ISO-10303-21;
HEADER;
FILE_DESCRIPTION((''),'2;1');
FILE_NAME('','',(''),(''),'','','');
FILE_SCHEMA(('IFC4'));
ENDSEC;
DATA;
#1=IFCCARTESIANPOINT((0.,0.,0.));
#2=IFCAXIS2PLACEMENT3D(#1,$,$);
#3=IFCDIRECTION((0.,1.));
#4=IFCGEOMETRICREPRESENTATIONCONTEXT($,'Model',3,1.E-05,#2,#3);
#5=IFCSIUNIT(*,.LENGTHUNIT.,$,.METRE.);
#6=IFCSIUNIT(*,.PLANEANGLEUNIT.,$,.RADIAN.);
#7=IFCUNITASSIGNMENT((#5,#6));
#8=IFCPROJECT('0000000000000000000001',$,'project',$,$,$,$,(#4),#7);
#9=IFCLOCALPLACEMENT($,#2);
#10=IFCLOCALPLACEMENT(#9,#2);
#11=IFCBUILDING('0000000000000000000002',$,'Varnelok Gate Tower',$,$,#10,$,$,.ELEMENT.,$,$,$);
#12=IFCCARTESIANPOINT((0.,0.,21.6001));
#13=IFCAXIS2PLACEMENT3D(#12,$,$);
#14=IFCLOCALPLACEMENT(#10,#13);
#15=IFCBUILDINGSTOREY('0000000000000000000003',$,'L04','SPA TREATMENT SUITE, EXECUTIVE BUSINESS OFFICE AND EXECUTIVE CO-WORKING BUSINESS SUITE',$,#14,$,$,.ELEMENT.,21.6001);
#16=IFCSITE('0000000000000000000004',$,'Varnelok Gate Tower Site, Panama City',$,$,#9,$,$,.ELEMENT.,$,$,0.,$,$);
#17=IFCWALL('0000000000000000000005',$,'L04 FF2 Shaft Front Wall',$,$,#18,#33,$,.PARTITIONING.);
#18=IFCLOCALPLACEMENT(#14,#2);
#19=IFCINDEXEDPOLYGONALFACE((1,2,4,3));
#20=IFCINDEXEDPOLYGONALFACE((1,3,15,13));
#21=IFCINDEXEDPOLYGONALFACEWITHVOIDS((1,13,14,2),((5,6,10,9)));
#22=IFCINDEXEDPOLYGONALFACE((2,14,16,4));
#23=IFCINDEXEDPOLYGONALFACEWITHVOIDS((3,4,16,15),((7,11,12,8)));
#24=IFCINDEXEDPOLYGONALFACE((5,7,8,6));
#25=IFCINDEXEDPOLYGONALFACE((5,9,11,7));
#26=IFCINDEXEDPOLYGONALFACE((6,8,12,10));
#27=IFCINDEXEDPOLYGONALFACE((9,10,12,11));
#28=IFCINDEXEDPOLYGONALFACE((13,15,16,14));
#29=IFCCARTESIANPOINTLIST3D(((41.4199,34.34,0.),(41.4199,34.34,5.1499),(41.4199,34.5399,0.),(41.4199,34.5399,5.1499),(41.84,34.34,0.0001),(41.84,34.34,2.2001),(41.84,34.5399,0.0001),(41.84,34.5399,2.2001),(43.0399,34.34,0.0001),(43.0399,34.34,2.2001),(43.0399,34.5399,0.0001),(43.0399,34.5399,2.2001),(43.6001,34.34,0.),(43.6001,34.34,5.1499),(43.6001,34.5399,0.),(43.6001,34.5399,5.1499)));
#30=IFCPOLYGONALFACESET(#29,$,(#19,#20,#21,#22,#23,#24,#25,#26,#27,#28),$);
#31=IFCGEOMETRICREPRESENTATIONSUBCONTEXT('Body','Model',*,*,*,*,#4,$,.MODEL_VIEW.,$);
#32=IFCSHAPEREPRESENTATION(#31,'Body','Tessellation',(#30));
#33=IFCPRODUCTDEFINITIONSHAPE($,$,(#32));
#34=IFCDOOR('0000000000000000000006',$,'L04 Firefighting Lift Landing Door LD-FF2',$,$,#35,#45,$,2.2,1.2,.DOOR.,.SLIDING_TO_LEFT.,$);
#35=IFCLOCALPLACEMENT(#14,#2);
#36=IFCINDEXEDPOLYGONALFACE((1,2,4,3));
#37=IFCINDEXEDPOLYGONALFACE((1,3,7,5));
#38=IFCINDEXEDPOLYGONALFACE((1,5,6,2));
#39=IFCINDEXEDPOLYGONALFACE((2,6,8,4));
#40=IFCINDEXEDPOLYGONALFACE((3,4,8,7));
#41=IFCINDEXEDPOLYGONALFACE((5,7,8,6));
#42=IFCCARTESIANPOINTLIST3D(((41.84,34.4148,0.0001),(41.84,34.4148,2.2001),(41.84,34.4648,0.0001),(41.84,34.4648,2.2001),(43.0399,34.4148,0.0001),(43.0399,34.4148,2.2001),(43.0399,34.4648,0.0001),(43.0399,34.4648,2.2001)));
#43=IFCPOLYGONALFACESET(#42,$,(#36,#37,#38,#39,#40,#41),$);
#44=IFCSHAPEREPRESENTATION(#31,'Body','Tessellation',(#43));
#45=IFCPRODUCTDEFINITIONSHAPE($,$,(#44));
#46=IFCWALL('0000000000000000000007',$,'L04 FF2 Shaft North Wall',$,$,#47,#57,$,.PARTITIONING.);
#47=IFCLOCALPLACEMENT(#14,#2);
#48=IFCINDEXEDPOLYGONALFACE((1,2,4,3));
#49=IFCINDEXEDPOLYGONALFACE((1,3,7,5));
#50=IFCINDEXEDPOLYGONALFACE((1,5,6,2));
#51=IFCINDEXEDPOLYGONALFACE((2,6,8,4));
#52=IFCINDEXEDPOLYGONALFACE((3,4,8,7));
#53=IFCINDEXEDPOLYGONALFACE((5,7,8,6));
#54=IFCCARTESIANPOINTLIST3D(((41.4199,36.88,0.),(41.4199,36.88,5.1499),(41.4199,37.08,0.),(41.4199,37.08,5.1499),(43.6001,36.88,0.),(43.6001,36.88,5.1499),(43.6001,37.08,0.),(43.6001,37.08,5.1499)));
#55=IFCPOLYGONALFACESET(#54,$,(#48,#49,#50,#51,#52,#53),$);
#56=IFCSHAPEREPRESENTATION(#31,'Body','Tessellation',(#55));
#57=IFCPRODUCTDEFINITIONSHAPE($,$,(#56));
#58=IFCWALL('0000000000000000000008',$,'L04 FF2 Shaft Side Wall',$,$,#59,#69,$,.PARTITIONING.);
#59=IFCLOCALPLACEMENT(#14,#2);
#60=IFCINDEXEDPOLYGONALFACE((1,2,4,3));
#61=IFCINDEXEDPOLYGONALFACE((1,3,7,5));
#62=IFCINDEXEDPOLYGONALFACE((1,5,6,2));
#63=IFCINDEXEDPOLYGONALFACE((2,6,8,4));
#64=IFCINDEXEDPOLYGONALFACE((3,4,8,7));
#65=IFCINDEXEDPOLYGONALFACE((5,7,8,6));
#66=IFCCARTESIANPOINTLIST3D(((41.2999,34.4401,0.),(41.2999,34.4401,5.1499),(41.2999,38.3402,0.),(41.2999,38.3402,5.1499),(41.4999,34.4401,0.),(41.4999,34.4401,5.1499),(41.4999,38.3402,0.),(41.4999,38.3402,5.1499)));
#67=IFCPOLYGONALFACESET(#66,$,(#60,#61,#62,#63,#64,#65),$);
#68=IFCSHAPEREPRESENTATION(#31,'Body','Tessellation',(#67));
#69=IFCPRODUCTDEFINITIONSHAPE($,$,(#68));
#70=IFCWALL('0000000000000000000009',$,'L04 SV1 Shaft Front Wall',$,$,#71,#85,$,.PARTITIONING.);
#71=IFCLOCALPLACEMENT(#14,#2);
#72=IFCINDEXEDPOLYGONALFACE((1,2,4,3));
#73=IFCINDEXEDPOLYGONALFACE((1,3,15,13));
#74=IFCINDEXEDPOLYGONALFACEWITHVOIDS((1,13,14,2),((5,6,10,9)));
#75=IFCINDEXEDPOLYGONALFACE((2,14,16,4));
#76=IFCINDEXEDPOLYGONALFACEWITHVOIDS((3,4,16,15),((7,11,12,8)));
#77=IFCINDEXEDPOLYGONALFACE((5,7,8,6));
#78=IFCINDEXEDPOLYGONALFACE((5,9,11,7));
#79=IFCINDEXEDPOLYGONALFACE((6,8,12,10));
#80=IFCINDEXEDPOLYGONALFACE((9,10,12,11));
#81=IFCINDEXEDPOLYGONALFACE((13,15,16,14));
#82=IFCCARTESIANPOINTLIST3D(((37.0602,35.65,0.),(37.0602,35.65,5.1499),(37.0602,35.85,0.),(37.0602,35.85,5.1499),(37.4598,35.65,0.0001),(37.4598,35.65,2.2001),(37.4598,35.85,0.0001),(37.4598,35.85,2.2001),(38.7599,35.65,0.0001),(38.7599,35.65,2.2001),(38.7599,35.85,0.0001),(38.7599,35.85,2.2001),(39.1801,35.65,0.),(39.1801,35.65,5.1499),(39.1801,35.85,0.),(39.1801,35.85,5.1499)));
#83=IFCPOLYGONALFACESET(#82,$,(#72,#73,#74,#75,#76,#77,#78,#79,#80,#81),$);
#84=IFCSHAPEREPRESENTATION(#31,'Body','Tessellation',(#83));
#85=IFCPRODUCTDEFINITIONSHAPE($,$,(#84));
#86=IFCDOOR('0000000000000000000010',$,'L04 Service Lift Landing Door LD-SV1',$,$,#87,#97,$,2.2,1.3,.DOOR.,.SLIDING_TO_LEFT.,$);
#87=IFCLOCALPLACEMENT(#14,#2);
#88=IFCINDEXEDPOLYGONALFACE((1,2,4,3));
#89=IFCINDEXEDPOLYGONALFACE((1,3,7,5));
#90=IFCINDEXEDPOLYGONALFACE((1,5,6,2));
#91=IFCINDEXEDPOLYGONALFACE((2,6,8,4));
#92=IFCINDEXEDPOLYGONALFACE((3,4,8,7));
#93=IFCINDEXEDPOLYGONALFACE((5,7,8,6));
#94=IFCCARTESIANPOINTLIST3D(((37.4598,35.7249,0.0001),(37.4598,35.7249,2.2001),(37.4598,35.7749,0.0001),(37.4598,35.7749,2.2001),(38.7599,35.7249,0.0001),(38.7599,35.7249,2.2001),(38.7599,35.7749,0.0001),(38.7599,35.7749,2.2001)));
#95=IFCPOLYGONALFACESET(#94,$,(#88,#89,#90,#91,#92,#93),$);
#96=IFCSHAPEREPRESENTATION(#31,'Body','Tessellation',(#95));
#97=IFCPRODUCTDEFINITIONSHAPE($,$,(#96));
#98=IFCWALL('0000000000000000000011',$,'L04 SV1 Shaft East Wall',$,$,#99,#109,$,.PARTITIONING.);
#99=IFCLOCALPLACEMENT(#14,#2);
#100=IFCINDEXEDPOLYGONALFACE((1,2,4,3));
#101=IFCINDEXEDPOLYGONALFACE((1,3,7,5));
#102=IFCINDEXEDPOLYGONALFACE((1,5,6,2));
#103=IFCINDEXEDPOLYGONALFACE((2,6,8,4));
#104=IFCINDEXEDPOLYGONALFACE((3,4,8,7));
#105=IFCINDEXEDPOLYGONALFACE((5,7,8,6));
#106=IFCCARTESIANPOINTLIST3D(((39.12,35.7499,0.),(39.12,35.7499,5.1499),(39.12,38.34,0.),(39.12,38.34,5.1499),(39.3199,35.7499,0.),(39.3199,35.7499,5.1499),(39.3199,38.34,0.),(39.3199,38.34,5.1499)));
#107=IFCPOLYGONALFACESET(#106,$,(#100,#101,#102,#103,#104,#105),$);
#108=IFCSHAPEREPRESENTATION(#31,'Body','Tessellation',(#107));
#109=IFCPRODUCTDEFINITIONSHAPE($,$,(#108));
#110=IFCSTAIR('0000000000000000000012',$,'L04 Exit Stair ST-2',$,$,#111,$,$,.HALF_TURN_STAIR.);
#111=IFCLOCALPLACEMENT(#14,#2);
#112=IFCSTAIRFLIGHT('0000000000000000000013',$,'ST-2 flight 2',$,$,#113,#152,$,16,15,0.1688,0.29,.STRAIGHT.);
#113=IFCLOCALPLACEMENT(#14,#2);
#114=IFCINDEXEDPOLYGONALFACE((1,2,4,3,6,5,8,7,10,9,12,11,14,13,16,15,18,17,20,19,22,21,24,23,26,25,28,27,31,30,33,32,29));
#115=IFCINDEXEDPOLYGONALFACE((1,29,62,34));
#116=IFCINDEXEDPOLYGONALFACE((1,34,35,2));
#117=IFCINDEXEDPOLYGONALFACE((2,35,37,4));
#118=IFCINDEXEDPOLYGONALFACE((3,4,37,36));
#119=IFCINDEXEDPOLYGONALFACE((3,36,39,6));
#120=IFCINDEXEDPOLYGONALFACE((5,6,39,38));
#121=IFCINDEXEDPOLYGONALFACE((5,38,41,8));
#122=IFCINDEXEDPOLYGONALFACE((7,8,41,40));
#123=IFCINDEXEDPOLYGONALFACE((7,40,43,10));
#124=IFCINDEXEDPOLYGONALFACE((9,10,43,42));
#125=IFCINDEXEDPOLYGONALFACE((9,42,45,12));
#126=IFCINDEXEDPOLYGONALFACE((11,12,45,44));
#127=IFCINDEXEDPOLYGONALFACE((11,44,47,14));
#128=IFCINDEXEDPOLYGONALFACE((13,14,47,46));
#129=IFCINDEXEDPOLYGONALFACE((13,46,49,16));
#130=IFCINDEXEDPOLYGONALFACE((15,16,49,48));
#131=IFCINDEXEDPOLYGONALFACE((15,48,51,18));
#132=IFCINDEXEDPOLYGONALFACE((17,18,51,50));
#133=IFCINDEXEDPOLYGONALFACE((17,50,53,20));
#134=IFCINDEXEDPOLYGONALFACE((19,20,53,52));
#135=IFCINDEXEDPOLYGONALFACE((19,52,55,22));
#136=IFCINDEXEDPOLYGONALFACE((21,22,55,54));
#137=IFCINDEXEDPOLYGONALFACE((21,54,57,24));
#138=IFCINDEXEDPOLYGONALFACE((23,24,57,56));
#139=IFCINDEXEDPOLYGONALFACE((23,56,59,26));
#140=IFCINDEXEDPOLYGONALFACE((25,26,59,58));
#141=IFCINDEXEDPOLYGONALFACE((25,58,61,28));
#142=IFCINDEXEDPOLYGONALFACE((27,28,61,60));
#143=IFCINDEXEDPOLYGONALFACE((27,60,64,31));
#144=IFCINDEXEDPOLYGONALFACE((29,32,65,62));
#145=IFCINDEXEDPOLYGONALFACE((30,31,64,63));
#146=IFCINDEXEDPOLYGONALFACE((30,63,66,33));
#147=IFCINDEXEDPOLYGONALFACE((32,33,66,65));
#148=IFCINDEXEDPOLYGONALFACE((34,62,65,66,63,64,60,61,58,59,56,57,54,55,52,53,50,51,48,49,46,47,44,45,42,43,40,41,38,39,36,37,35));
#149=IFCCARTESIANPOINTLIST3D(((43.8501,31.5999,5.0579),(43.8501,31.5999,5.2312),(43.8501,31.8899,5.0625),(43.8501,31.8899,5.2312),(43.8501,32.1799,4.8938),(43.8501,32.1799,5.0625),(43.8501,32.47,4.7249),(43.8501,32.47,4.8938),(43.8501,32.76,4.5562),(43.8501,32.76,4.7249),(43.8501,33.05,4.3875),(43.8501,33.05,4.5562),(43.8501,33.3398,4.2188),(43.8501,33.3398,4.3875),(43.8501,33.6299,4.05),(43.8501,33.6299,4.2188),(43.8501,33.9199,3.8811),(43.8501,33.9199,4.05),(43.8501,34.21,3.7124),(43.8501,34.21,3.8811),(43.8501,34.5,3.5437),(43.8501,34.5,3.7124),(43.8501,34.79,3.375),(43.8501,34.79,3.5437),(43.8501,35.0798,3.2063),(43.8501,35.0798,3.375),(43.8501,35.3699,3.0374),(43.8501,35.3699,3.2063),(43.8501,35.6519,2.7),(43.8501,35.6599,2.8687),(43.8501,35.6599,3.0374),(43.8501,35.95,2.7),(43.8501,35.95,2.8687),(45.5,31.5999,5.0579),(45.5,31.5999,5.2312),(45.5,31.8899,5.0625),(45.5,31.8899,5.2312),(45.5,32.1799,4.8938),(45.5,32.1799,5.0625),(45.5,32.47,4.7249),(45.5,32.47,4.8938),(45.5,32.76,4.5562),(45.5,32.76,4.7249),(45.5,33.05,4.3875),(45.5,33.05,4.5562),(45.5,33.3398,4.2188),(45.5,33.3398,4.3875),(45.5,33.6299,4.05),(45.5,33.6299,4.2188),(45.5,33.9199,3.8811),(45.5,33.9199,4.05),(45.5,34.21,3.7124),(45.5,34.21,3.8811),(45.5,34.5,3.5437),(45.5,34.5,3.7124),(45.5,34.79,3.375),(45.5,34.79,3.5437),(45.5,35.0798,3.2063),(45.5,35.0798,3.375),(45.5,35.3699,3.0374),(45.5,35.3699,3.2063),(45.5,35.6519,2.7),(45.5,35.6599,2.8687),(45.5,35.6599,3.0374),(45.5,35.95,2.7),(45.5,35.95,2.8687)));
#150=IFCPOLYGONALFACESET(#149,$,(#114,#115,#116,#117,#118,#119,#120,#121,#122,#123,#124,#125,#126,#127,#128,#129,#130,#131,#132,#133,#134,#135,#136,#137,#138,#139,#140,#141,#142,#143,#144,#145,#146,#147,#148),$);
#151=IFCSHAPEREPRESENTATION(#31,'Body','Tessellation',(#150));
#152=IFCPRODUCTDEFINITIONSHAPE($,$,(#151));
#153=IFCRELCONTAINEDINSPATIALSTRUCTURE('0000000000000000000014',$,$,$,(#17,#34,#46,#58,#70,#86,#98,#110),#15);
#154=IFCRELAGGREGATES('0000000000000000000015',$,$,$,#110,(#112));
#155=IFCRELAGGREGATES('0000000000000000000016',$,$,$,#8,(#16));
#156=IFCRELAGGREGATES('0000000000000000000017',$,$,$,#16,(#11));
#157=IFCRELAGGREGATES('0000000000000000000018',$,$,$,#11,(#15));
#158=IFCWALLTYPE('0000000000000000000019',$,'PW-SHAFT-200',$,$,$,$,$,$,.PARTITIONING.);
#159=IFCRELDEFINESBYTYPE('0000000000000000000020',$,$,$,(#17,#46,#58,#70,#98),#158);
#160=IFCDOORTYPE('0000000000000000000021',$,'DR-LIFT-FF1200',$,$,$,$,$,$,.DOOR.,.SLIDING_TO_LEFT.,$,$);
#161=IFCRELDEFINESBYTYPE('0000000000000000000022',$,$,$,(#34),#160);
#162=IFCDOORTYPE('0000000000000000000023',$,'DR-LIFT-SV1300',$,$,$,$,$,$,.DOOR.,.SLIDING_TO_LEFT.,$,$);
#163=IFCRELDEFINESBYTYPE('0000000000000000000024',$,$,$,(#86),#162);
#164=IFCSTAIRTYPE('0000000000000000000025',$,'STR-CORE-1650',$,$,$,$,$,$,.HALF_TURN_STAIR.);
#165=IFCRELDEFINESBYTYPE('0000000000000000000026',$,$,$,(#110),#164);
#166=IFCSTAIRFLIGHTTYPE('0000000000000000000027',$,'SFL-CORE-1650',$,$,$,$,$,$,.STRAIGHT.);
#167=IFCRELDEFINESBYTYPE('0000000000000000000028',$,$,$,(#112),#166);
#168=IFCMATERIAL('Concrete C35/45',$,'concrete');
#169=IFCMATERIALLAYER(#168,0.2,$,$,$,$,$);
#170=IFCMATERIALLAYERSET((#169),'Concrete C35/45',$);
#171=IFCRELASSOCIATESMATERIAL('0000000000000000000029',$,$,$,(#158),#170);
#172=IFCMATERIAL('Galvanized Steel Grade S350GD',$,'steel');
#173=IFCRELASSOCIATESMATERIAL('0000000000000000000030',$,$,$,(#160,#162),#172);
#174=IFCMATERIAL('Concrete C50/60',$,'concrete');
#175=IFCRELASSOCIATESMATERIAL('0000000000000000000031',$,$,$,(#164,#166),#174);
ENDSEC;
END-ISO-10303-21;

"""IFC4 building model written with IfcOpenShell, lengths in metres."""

from ifc_helpers import new_model, si_unit, direction, frame, frame_2d, origin, place, context, subcontext, project, spatial, polyline, rectangle, outline, extrude, material, layer, layer_set, type_object, element, fill, aggregate, save


model = new_model("IFC4")

# Units and contexts
model_context = context("Model", 3, precision=1e-05, world=origin(), true_north=direction((0.0, 1.0)))
body_context = subcontext(model_context, "Body", "Model", "MODEL_VIEW")
ifc_project = project(units=[si_unit("LENGTHUNIT", "METRE"), si_unit("PLANEANGLEUNIT", "RADIAN")], contexts=[model_context])

# Site, building, storey
site_placement = place(None, origin())
site = spatial("IfcSite", under=ifc_project, at=site_placement, Name="Varnelok Gate Tower Site, Panama City", CompositionType="ELEMENT", RefElevation=0.0)
building_placement = place(site_placement, origin())
building = spatial("IfcBuilding", under=site, at=building_placement, Name="Varnelok Gate Tower", CompositionType="ELEMENT")
storey_placement = place(building_placement, frame((0.0, 0.0, 21.6001)))
storey = spatial("IfcBuildingStorey", under=building, at=storey_placement, Name="L04", Description="SPA TREATMENT SUITE, EXECUTIVE BUSINESS OFFICE AND EXECUTIVE CO-WORKING BUSINESS SUITE", CompositionType="ELEMENT", Elevation=21.6001)

# Shared definitions
ifc_material_1 = material(Name="Galvanized Steel Grade S350GD", Category="steel")

# Shared definitions
ifc_material_2 = material(Name="Concrete C35/45", Category="concrete")
ifc_layer_1 = layer(ifc_material_2, 0.2)
ifc_layer_set_1 = layer_set([ifc_layer_1], Name="Concrete C35/45")
wall_type_1 = type_object("IfcWallType", Name="PW-SHAFT-200", PredefinedType="PARTITIONING", material=ifc_layer_set_1)

# Wall, opening, door
wall_1_placement = place(storey_placement, frame((41.4199, 34.4399, 0.0), z_axis=(0.0, 0.0, 1.0), x_axis=(1.0, 0.0, 0.0)))
wall_1 = element("IfcWall", 1, at=wall_1_placement, inside=storey, type_object=wall_type_1, Name="L04 FF2 Shaft Front Wall", PredefinedType="PARTITIONING", context=body_context, shape_type="SweptSolid", body=[
    extrude(rectangle(XDim=2.1802, YDim=0.2, at=frame_2d((1.0901, 0.0))), origin(), (0.0, 0.0, 1.0), 5.1499),
])
opening_1_placement = place(wall_1_placement, frame((0.4199, 0.0, 0.0)))
opening_1 = element("IfcOpeningElement", 2, at=opening_1_placement, cuts=wall_1, PredefinedType="OPENING", context=body_context, shape_type="SweptSolid", body=[
    extrude(rectangle(XDim=1.2, YDim=2.2, at=frame_2d((0.6001, 1.1001))), frame((0.0, 0.1099, 0.0), z_axis=(0.0, -1.0, 0.0), x_axis=(1.0, 0.0, 0.0)), (0.0, 0.0, 1.0), 0.22),
])
door_type_1 = type_object("IfcDoorType", Name="DR-LIFT-FF1200", OperationType="SLIDING_TO_LEFT", PredefinedType="DOOR", material=ifc_material_1)
door_1_placement = place(opening_1_placement, origin())
door_1 = element("IfcDoor", 3, at=door_1_placement, inside=storey, type_object=door_type_1, Name="L04 Firefighting Lift Landing Door LD-FF2", OperationType="SLIDING_TO_LEFT", OverallHeight=2.2, OverallWidth=1.2, PredefinedType="DOOR", context=body_context, shape_type="SweptSolid", body=[
    extrude(rectangle(XDim=1.2, YDim=2.2, at=frame_2d((0.6001, 1.1001))), frame((0.0, 0.0249, 0.0), z_axis=(0.0, -1.0, 0.0), x_axis=(1.0, 0.0, 0.0)), (0.0, 0.0, 1.0), 0.05),
])
fill(opening_1, door_1)

# Walls
wall_2_placement = place(storey_placement, frame((41.4199, 36.98, 0.0), z_axis=(0.0, 0.0, 1.0), x_axis=(1.0, 0.0, 0.0)))
element("IfcWall", 4, at=wall_2_placement, inside=storey, type_object=wall_type_1, Name="L04 FF2 Shaft North Wall", PredefinedType="PARTITIONING", context=body_context, shape_type="SweptSolid", body=[
    extrude(rectangle(XDim=2.1802, YDim=0.2, at=frame_2d((1.0901, 0.0))), origin(), (0.0, 0.0, 1.0), 5.1499),
])
wall_3_placement = place(storey_placement, frame((41.3999, 34.4399, 0.0), z_axis=(0.0, 0.0, 1.0), x_axis=(0.0, 1.0, 0.0)))
element("IfcWall", 5, at=wall_3_placement, inside=storey, type_object=wall_type_1, Name="L04 FF2 Shaft Side Wall", PredefinedType="PARTITIONING", context=body_context, shape_type="SweptSolid", body=[
    extrude(rectangle(XDim=3.9001, YDim=0.2, at=frame_2d((1.9502, 0.0))), origin(), (0.0, 0.0, 1.0), 5.1499),
])

# Wall, opening, door
wall_4_placement = place(storey_placement, frame((37.0601, 35.75, 0.0), z_axis=(0.0, 0.0, 1.0), x_axis=(1.0, 0.0, 0.0)))
wall_4 = element("IfcWall", 6, at=wall_4_placement, inside=storey, type_object=wall_type_1, Name="L04 SV1 Shaft Front Wall", PredefinedType="PARTITIONING", context=body_context, shape_type="SweptSolid", body=[
    extrude(rectangle(XDim=2.1199, YDim=0.2, at=frame_2d((1.0601, 0.0))), origin(), (0.0, 0.0, 1.0), 5.1499),
])
opening_2_placement = place(wall_4_placement, frame((0.3999, 0.0, 0.0)))
opening_2 = element("IfcOpeningElement", 7, at=opening_2_placement, cuts=wall_4, PredefinedType="OPENING", context=body_context, shape_type="SweptSolid", body=[
    extrude(rectangle(XDim=1.3, YDim=2.2, at=frame_2d((0.6499, 1.1001))), frame((0.0, 0.1099, 0.0), z_axis=(0.0, -1.0, 0.0), x_axis=(1.0, 0.0, 0.0)), (0.0, 0.0, 1.0), 0.22),
])
door_type_2 = type_object("IfcDoorType", Name="DR-LIFT-SV1300", OperationType="SLIDING_TO_LEFT", PredefinedType="DOOR", material=ifc_material_1)
door_2_placement = place(opening_2_placement, origin())
door_2 = element("IfcDoor", 8, at=door_2_placement, inside=storey, type_object=door_type_2, Name="L04 Service Lift Landing Door LD-SV1", OperationType="SLIDING_TO_LEFT", OverallHeight=2.2, OverallWidth=1.3, PredefinedType="DOOR", context=body_context, shape_type="SweptSolid", body=[
    extrude(rectangle(XDim=1.3, YDim=2.2, at=frame_2d((0.6499, 1.1001))), frame((0.0, 0.0249, 0.0), z_axis=(0.0, -1.0, 0.0), x_axis=(1.0, 0.0, 0.0)), (0.0, 0.0, 1.0), 0.05),
])
fill(opening_2, door_2)

# Wall
wall_5_placement = place(storey_placement, frame((39.22, 35.75, 0.0), z_axis=(0.0, 0.0, 1.0), x_axis=(0.0, 1.0, 0.0)))
element("IfcWall", 9, at=wall_5_placement, inside=storey, type_object=wall_type_1, Name="L04 SV1 Shaft East Wall", PredefinedType="PARTITIONING", context=body_context, shape_type="SweptSolid", body=[
    extrude(rectangle(XDim=2.5901, YDim=0.2, at=frame_2d((1.2949, 0.0))), origin(), (0.0, 0.0, 1.0), 5.1499),
])

# Stair, stair flight
ifc_material_3 = material(Name="Concrete C50/60", Category="concrete")
stair_type = type_object("IfcStairType", Name="STR-CORE-1650", PredefinedType="HALF_TURN_STAIR", material=ifc_material_3)
stair_placement = place(storey_placement, origin())
stair = element("IfcStair", 10, at=stair_placement, inside=storey, type_object=stair_type, Name="L04 Exit Stair ST-2", PredefinedType="HALF_TURN_STAIR")
stair_flight_type = type_object("IfcStairFlightType", Name="SFL-CORE-1650", PredefinedType="STRAIGHT", material=ifc_material_3)
stair_flight_placement = place(storey_placement, frame((44.675, 35.95, 2.7), z_axis=(0.0, 0.0, 1.0), x_axis=(0.0, -1.0, 0.0)))
stair_flight = element("IfcStairFlight", 11, at=stair_flight_placement, type_object=stair_flight_type, Name="ST-2 flight 2", NumberOfRisers=16, NumberOfTreads=15, PredefinedType="STRAIGHT", RiserHeight=0.1688, TreadLength=0.29, context=body_context, shape_type="SweptSolid", body=[
    extrude(outline(polyline([(0.0, 0.0), (0.0, 0.1687), (0.29, 0.1687), (0.29, 0.3374), (0.5801, 0.3374), (0.5801, 0.5063), (0.8701, 0.5063), (0.8701, 0.675), (1.1599, 0.675), (1.1599, 0.8438), (1.45, 0.8438), (1.45, 1.0125), (1.74, 1.0125), (1.74, 1.1812), (2.03, 1.1812), (2.03, 1.3501), (2.3201, 1.3501), (2.3201, 1.5188), (2.6101, 1.5188), (2.6101, 1.6875), (2.8999, 1.6875), (2.8999, 1.8562), (3.1899, 1.8562), (3.1899, 2.0249), (3.48, 2.0249), (3.48, 2.1938), (3.77, 2.1938), (3.77, 2.3625), (4.0601, 2.3625), (4.0601, 2.5312), (4.3501, 2.5312), (4.3501, 2.7), (4.3501, 2.3579), (0.2981, 0.0), (0.0, 0.0)])), frame((0.0, 0.825, 0.0), z_axis=(0.0, -1.0, 0.0), x_axis=(1.0, 0.0, 0.0)), (0.0, 0.0, 1.0), 1.6499),
])
aggregate(stair, [stair_flight])

save(model, "model.ifc")
